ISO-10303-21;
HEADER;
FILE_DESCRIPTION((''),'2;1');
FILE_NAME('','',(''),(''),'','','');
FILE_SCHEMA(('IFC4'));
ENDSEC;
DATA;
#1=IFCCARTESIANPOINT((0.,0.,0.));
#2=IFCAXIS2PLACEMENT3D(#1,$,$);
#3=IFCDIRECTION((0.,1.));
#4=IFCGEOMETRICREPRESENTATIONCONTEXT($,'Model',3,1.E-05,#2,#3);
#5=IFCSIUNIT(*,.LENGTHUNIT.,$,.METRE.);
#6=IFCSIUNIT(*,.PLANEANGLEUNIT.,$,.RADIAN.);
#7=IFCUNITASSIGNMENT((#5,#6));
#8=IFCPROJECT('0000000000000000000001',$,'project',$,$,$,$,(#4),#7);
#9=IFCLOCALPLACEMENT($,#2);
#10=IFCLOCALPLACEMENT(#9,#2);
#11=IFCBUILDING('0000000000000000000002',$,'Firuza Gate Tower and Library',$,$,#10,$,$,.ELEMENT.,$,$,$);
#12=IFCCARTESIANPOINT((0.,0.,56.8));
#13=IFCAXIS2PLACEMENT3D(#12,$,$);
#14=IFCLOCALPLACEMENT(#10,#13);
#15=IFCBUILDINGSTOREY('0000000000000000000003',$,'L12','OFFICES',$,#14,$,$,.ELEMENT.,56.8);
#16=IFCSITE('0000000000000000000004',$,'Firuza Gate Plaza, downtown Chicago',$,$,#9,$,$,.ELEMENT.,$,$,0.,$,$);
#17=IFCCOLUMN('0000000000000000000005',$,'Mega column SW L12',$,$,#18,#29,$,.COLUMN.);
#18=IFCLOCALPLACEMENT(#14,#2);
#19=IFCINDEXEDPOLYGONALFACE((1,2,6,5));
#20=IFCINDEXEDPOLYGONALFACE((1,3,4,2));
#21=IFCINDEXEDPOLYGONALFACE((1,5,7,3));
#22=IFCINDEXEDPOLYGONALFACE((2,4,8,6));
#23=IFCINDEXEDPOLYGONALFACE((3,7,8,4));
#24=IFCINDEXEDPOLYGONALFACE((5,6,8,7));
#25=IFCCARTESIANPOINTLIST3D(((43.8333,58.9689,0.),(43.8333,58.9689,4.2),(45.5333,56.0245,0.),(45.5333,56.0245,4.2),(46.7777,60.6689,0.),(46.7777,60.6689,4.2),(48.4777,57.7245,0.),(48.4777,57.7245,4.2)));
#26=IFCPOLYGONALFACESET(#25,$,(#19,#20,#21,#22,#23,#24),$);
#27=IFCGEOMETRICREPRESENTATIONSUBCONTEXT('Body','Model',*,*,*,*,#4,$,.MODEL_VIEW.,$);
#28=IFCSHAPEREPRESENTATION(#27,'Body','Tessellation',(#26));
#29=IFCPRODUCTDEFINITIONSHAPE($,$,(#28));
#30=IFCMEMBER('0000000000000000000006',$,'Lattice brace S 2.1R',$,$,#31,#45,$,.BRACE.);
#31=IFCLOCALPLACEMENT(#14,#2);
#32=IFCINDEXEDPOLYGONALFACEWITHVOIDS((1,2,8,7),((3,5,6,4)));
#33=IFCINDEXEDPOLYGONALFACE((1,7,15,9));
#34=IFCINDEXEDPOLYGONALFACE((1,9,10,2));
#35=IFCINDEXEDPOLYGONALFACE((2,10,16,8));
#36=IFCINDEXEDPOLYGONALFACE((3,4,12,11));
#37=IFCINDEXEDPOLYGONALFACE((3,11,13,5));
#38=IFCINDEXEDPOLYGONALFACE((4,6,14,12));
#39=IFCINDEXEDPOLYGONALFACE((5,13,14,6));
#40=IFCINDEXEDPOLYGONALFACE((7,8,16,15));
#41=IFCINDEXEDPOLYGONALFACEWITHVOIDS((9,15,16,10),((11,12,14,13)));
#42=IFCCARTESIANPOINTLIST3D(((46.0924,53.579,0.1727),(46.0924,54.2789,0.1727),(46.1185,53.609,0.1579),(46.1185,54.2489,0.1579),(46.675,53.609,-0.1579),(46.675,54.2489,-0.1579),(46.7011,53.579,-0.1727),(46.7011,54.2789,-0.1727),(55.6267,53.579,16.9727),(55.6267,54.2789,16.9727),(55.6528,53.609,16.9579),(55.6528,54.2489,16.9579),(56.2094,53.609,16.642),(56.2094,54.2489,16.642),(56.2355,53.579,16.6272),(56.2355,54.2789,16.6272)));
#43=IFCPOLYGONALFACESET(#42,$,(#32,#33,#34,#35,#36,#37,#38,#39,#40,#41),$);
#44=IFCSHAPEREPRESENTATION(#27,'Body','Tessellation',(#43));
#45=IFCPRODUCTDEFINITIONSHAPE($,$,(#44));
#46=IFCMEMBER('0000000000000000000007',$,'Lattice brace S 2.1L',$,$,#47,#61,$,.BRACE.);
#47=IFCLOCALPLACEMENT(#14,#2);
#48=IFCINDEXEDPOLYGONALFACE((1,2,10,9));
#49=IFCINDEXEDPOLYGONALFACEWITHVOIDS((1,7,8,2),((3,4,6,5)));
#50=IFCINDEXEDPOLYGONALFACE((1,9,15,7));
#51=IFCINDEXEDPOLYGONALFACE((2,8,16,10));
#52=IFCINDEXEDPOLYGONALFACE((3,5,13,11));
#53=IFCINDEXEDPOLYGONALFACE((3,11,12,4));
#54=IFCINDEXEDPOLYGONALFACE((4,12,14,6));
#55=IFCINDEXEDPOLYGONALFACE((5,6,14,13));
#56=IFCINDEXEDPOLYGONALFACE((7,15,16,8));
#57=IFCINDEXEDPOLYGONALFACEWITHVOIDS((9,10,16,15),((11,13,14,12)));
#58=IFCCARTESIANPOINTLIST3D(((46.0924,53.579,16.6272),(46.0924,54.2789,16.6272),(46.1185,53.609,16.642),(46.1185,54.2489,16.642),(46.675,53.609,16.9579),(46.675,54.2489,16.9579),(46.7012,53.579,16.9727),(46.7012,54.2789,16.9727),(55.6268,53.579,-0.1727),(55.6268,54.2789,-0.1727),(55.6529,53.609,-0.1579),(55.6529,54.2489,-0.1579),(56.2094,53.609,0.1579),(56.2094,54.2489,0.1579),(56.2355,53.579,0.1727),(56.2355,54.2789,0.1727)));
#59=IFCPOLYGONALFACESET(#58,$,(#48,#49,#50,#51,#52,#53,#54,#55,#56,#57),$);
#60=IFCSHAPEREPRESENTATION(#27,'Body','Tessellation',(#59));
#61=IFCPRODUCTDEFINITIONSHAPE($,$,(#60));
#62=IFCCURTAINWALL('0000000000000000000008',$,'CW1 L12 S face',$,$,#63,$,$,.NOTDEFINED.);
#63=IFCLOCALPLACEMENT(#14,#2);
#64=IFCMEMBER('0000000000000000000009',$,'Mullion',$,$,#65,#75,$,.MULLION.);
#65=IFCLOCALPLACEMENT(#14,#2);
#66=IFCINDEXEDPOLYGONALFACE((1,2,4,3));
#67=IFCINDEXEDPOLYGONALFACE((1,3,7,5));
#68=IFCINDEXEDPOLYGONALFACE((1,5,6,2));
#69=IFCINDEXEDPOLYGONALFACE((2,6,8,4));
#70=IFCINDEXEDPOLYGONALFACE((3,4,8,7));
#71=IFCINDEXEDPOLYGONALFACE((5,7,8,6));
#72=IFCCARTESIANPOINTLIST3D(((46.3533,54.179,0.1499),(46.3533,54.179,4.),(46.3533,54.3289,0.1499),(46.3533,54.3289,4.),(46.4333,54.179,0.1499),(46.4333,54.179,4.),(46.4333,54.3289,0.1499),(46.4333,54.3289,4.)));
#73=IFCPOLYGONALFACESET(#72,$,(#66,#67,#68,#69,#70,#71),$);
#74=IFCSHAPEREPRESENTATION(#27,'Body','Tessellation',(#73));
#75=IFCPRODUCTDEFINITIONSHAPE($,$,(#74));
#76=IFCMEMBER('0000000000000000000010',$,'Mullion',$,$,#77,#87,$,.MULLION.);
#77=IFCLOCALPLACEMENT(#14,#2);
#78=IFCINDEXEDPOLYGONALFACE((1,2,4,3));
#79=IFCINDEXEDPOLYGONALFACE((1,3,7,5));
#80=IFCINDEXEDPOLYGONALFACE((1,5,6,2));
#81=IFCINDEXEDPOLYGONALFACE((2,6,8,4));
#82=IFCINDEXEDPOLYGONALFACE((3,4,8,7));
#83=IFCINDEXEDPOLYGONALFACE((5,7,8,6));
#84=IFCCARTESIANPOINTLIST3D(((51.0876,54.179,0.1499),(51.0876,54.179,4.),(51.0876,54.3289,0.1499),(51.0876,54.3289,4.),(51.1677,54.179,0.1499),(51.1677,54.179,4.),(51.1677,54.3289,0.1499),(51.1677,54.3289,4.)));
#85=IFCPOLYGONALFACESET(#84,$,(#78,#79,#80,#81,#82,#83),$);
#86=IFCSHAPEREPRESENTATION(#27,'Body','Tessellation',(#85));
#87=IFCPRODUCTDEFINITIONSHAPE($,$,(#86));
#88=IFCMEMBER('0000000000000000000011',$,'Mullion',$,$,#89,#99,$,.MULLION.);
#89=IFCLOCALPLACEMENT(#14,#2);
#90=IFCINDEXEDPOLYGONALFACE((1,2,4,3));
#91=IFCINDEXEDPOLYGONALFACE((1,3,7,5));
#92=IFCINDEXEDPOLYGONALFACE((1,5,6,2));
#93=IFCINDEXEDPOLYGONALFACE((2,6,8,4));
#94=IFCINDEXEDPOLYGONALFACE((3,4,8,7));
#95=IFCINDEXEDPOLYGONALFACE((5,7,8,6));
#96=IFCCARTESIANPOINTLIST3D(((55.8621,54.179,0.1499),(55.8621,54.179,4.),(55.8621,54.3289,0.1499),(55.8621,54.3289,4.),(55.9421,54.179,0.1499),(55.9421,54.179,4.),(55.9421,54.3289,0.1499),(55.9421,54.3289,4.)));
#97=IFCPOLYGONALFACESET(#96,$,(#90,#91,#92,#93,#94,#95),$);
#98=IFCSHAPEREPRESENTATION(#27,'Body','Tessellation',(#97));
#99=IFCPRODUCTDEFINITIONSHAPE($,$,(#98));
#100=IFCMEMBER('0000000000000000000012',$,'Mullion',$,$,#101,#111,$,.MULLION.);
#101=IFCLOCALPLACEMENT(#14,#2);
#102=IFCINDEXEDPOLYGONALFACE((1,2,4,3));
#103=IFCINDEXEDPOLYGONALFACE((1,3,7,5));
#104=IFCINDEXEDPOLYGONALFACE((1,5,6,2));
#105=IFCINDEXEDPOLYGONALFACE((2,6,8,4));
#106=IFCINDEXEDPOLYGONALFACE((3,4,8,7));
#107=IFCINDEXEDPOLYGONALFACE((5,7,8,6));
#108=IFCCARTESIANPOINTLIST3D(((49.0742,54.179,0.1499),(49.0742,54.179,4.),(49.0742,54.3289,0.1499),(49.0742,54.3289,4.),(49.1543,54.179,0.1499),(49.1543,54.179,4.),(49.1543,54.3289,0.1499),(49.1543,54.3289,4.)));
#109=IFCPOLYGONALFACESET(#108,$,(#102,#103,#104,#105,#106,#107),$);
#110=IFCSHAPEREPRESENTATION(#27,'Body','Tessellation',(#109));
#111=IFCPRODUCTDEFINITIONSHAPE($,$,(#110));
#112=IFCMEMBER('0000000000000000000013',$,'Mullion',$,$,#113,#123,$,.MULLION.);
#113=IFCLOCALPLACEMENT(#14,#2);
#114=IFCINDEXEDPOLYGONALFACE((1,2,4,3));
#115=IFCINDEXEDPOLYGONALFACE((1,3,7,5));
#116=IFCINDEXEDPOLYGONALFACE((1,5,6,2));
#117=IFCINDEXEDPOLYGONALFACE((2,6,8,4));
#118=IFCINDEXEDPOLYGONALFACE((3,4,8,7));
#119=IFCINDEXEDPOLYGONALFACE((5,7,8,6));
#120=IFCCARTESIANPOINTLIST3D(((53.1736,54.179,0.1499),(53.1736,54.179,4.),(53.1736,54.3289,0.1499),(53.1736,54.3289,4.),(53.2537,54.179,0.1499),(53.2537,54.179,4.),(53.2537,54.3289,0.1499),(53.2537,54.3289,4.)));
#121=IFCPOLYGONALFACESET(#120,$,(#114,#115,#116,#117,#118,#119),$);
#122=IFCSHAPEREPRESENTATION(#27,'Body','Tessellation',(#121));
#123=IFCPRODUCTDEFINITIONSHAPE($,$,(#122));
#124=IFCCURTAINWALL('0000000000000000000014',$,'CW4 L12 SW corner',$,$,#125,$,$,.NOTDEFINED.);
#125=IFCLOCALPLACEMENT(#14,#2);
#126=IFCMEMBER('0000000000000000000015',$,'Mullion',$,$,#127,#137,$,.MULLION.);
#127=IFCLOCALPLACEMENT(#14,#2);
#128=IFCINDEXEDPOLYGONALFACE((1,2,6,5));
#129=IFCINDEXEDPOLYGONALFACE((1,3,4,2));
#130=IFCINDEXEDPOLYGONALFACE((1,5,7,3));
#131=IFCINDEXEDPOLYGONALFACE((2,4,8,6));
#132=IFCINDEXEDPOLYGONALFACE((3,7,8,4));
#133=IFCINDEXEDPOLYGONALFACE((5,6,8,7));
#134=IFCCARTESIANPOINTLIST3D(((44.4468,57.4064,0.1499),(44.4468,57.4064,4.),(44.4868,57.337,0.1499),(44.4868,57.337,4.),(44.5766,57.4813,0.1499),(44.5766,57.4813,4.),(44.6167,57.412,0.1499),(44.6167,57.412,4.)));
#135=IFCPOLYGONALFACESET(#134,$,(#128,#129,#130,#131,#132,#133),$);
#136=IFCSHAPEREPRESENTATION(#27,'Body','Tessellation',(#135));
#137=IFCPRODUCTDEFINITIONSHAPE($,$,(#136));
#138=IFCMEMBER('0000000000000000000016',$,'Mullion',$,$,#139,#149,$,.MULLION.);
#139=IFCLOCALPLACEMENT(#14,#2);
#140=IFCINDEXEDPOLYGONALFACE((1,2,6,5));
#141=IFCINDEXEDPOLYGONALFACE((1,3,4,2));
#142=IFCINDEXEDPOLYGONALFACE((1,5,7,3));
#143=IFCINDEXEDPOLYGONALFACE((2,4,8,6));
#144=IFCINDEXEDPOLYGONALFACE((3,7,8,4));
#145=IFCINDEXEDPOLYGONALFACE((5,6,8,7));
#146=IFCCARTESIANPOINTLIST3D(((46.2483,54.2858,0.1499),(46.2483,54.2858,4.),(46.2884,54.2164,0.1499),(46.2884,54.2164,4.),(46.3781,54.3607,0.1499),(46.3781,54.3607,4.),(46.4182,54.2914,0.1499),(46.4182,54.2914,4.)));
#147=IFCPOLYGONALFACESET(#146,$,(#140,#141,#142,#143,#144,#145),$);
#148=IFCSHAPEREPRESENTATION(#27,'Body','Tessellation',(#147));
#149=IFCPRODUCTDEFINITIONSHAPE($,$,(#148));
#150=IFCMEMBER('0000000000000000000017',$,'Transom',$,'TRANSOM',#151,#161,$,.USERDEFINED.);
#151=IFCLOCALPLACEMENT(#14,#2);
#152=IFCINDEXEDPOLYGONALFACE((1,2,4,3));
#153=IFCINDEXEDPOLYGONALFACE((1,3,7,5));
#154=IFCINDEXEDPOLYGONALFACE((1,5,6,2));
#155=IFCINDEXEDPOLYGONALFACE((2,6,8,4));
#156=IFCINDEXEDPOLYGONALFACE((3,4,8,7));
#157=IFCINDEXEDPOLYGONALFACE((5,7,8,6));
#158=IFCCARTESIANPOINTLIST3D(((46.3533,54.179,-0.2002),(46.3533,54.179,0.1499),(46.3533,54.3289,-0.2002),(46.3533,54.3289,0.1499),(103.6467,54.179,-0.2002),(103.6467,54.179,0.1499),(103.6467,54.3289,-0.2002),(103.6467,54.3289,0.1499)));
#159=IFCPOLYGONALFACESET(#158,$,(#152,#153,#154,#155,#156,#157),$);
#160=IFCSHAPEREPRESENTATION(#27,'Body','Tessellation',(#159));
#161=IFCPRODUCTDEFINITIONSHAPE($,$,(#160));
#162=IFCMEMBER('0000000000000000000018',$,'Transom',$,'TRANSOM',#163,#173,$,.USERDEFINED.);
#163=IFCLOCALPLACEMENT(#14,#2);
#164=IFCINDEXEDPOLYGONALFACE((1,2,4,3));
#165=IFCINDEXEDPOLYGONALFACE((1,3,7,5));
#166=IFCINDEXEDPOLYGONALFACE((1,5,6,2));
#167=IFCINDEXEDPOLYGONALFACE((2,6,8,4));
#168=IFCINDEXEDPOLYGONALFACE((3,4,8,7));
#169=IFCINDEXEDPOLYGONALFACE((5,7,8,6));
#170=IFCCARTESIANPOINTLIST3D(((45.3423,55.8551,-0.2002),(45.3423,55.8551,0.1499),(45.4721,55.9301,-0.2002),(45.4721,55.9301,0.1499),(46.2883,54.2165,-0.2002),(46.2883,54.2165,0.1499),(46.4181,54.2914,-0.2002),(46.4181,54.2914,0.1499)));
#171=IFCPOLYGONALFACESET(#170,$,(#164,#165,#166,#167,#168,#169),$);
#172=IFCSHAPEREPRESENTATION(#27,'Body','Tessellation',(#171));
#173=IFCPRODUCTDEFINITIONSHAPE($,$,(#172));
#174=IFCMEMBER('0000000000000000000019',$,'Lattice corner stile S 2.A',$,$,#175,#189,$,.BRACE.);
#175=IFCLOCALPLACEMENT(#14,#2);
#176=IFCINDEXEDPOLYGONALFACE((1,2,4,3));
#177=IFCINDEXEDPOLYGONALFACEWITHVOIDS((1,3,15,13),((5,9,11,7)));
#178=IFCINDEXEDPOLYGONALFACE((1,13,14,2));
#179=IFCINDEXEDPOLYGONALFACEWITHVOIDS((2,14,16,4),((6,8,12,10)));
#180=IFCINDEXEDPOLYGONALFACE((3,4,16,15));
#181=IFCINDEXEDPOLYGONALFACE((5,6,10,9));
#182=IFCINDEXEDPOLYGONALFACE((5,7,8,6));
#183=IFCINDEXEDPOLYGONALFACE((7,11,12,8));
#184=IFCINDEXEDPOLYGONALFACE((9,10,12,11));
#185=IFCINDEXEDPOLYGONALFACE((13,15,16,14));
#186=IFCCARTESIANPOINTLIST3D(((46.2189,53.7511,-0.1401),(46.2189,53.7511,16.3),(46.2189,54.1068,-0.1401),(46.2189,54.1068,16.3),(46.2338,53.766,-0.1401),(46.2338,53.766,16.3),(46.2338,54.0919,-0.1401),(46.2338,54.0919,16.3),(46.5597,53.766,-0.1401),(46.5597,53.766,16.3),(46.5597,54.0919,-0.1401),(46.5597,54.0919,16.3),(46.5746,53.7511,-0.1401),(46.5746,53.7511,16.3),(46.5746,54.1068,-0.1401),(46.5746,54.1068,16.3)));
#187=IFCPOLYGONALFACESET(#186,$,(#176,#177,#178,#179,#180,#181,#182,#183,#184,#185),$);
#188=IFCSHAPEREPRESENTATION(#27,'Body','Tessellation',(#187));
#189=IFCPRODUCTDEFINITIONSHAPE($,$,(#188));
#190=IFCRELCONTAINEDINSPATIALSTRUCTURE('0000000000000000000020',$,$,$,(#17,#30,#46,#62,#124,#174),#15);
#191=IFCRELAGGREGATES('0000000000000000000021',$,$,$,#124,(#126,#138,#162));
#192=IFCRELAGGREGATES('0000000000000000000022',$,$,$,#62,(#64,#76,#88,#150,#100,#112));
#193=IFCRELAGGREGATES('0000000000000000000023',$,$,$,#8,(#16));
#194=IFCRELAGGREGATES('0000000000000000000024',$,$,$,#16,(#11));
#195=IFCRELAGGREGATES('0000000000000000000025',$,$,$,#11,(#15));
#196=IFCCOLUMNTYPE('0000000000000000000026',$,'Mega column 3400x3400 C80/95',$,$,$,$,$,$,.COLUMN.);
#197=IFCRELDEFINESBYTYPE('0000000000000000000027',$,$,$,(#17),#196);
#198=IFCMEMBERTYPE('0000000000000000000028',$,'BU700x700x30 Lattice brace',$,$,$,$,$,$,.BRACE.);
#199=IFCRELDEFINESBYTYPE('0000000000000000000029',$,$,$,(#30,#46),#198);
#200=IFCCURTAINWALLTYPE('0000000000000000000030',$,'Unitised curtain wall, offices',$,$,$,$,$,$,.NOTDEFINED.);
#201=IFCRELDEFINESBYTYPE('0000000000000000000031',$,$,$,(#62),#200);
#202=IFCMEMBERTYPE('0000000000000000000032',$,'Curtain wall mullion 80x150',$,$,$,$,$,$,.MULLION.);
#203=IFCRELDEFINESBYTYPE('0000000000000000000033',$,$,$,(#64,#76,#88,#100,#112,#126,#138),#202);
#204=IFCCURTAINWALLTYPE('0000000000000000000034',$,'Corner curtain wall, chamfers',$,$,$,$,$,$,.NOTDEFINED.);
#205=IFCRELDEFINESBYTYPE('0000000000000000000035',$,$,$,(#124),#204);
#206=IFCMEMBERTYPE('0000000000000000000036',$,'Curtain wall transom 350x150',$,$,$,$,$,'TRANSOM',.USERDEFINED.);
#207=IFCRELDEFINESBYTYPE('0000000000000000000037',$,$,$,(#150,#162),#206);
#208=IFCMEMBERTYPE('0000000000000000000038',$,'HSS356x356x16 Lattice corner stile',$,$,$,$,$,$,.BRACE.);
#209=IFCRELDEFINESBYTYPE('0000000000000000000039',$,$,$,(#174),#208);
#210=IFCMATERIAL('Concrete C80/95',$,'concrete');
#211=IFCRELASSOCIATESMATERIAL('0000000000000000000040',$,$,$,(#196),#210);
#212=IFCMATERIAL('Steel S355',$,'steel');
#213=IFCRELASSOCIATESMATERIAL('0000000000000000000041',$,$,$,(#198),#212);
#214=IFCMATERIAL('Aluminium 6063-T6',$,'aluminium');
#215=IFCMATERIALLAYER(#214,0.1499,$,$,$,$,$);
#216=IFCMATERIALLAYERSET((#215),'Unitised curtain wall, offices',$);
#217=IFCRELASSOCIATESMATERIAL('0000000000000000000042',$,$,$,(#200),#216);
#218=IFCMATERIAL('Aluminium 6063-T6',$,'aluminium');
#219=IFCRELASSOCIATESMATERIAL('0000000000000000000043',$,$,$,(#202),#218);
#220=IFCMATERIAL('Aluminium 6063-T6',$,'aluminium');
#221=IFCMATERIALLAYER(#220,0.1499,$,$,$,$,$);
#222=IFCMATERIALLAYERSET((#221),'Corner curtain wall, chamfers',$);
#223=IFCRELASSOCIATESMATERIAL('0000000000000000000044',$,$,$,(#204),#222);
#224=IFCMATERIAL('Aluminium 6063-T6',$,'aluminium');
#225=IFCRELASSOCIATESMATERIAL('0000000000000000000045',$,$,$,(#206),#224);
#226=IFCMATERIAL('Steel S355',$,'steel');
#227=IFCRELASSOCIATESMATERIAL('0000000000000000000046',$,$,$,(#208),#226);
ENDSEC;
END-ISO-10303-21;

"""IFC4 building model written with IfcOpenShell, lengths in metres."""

from ifc_helpers import new_model, si_unit, direction, frame, origin, origin_2d, place, context, subcontext, project, spatial, rectangle, hollow_rectangle, extrude, material, layer, layer_set, material_profile, profile_set, type_object, element, aggregate, save


model = new_model("IFC4")

# Units and contexts
model_context = context("Model", 3, precision=1e-05, world=origin(), true_north=direction((0.0, 1.0)))
body_context = subcontext(model_context, "Body", "Model", "MODEL_VIEW")
ifc_project = project(units=[si_unit("LENGTHUNIT", "METRE"), si_unit("PLANEANGLEUNIT", "RADIAN")], contexts=[model_context])

# Site, building, storey
site_placement = place(None, origin())
site = spatial("IfcSite", under=ifc_project, at=site_placement, Name="Firuza Gate Plaza, downtown Chicago", CompositionType="ELEMENT", RefElevation=0.0)
building_placement = place(site_placement, origin())
building = spatial("IfcBuilding", under=site, at=building_placement, Name="Firuza Gate Tower and Library", CompositionType="ELEMENT")
storey_placement = place(building_placement, frame((0.0, 0.0, 56.8)))
storey = spatial("IfcBuildingStorey", under=building, at=storey_placement, Name="L12", Description="OFFICES", CompositionType="ELEMENT", Elevation=56.8)

# Column
ifc_material_1 = material(Name="Concrete C80/95", Category="concrete")
ifc_material_profile_1 = material_profile(ifc_material_1, rectangle(XDim=3.3999, YDim=3.3999, at=origin_2d()))
ifc_profile_set_1 = profile_set([ifc_material_profile_1], Name="Concrete C80/95")
column_type = type_object("IfcColumnType", Name="Mega column 3400x3400 C80/95", PredefinedType="COLUMN", material=ifc_profile_set_1)
column_placement = place(storey_placement, frame((46.1555, 58.3467, 0.0), z_axis=(0.0, 0.0, 1.0), x_axis=(0.5, -0.866025, 0.0)))
element("IfcColumn", 1, at=column_placement, inside=storey, type_object=column_type, Name="Mega column SW L12", PredefinedType="COLUMN", context=body_context, shape_type="SweptSolid", body=[
    extrude(rectangle(XDim=3.3999, YDim=3.3999, at=origin_2d()), origin(), (0.0, 0.0, 1.0), 4.2),
])

# Members
ifc_material_2 = material(Name="Steel S355", Category="steel")
ifc_material_profile_2 = material_profile(ifc_material_2, hollow_rectangle(XDim=0.7, YDim=0.7, WallThickness=0.03, at=origin_2d()))
ifc_profile_set_2 = profile_set([ifc_material_profile_2], Name="Steel S355")
member_type_1 = type_object("IfcMemberType", Name="BU700x700x30 Lattice brace", PredefinedType="BRACE", material=ifc_profile_set_2)
for number, where, z_axis, x_axis, name in (
    (2, (46.3967, 53.929, 0.0), (0.493577, 0.0, 0.869702), (0.0, 1.0, 0.0), "Lattice brace S 2.1R"),
    (3, (55.9312, 53.929, 0.0), (-0.493577, 0.0, 0.869702), (0.0, -1.0, 0.0), "Lattice brace S 2.1L"),
):
    element("IfcMember", number, at=place(storey_placement, frame(where, z_axis=z_axis, x_axis=x_axis)), inside=storey, type_object=member_type_1, Name=name, PredefinedType="BRACE", context=body_context, shape_type="SweptSolid", body=[
        extrude(hollow_rectangle(XDim=0.7, YDim=0.7, WallThickness=0.03, at=origin_2d()), origin(), (0.0, 0.0, 1.0), 19.3169),
    ])

# Curtain walls, members
ifc_material_3 = material(Name="Aluminium 6063-T6", Category="aluminium")
ifc_layer_1 = layer(ifc_material_3, 0.1499)
ifc_layer_set_1 = layer_set([ifc_layer_1], Name="Unitised curtain wall, offices")
curtain_wall_type_1 = type_object("IfcCurtainWallType", Name="Unitised curtain wall, offices", PredefinedType="NOTDEFINED", material=ifc_layer_set_1)
placement_1 = place(storey_placement, origin())
curtain_wall_1 = element("IfcCurtainWall", 4, at=placement_1, inside=storey, type_object=curtain_wall_type_1, Name="CW1 L12 S face", PredefinedType="NOTDEFINED")
ifc_material_4 = material(Name="Aluminium 6063-T6", Category="aluminium")
ifc_material_profile_3 = material_profile(ifc_material_4, rectangle(XDim=0.1499, YDim=0.0801, at=origin_2d()))
ifc_profile_set_3 = profile_set([ifc_material_profile_3], Name="Aluminium 6063-T6")
member_type_2 = type_object("IfcMemberType", Name="Curtain wall mullion 80x150", PredefinedType="MULLION", material=ifc_profile_set_3)
member_1_placement = place(storey_placement, frame((46.3933, 54.2539, 0.1499), z_axis=(0.0, 0.0, 1.0), x_axis=(0.0, 1.0, 0.0)))
member_1 = element("IfcMember", 5, at=member_1_placement, type_object=member_type_2, Name="Mullion", PredefinedType="MULLION", context=body_context, shape_type="SweptSolid", body=[
    extrude(rectangle(XDim=0.1499, YDim=0.0801, at=origin_2d()), origin(), (0.0, 0.0, 1.0), 3.8501),
])
member_2_placement = place(storey_placement, frame((51.1277, 54.2539, 0.1499), z_axis=(0.0, 0.0, 1.0), x_axis=(0.0, 1.0, 0.0)))
member_2 = element("IfcMember", 6, at=member_2_placement, type_object=member_type_2, Name="Mullion", PredefinedType="MULLION", context=body_context, shape_type="SweptSolid", body=[
    extrude(rectangle(XDim=0.1499, YDim=0.0801, at=origin_2d()), origin(), (0.0, 0.0, 1.0), 3.8501),
])
member_3_placement = place(storey_placement, frame((55.9021, 54.2539, 0.1499), z_axis=(0.0, 0.0, 1.0), x_axis=(0.0, 1.0, 0.0)))
member_3 = element("IfcMember", 7, at=member_3_placement, type_object=member_type_2, Name="Mullion", PredefinedType="MULLION", context=body_context, shape_type="SweptSolid", body=[
    extrude(rectangle(XDim=0.1499, YDim=0.0801, at=origin_2d()), origin(), (0.0, 0.0, 1.0), 3.8501),
])
member_4_placement = place(storey_placement, frame((49.1143, 54.2539, 0.1499), z_axis=(0.0, 0.0, 1.0), x_axis=(0.0, 1.0, 0.0)))
member_4 = element("IfcMember", 8, at=member_4_placement, type_object=member_type_2, Name="Mullion", PredefinedType="MULLION", context=body_context, shape_type="SweptSolid", body=[
    extrude(rectangle(XDim=0.1499, YDim=0.0801, at=origin_2d()), origin(), (0.0, 0.0, 1.0), 3.8501),
])
member_5_placement = place(storey_placement, frame((53.2136, 54.2539, 0.1499), z_axis=(0.0, 0.0, 1.0), x_axis=(0.0, 1.0, 0.0)))
member_5 = element("IfcMember", 9, at=member_5_placement, type_object=member_type_2, Name="Mullion", PredefinedType="MULLION", context=body_context, shape_type="SweptSolid", body=[
    extrude(rectangle(XDim=0.1499, YDim=0.0801, at=origin_2d()), origin(), (0.0, 0.0, 1.0), 3.8501),
])
ifc_material_5 = material(Name="Aluminium 6063-T6", Category="aluminium")
ifc_layer_2 = layer(ifc_material_5, 0.1499)
ifc_layer_set_2 = layer_set([ifc_layer_2], Name="Corner curtain wall, chamfers")
curtain_wall_type_2 = type_object("IfcCurtainWallType", Name="Corner curtain wall, chamfers", PredefinedType="NOTDEFINED", material=ifc_layer_set_2)
curtain_wall_2 = element("IfcCurtainWall", 10, at=placement_1, inside=storey, type_object=curtain_wall_type_2, Name="CW4 L12 SW corner", PredefinedType="NOTDEFINED")
member_6_placement = place(storey_placement, frame((44.5317, 57.4092, 0.1499), z_axis=(0.0, 0.0, 1.0), x_axis=(0.866025, 0.5, 0.0)))
member_6 = element("IfcMember", 11, at=member_6_placement, type_object=member_type_2, Name="Mullion", PredefinedType="MULLION", context=body_context, shape_type="SweptSolid", body=[
    extrude(rectangle(XDim=0.1499, YDim=0.0801, at=origin_2d()), origin(), (0.0, 0.0, 1.0), 3.8501),
])
member_7_placement = place(storey_placement, frame((46.3333, 54.2886, 0.1499), z_axis=(0.0, 0.0, 1.0), x_axis=(0.866025, 0.5, 0.0)))
member_7 = element("IfcMember", 12, at=member_7_placement, type_object=member_type_2, Name="Mullion", PredefinedType="MULLION", context=body_context, shape_type="SweptSolid", body=[
    extrude(rectangle(XDim=0.1499, YDim=0.0801, at=origin_2d()), origin(), (0.0, 0.0, 1.0), 3.8501),
])

# Members
ifc_material_6 = material(Name="Aluminium 6063-T6", Category="aluminium")
ifc_material_profile_4 = material_profile(ifc_material_6, rectangle(XDim=0.1499, YDim=0.3501, at=origin_2d()))
ifc_profile_set_4 = profile_set([ifc_material_profile_4], Name="Aluminium 6063-T6")
member_type_3 = type_object("IfcMemberType", Name="Curtain wall transom 350x150", ElementType="TRANSOM", PredefinedType="USERDEFINED", material=ifc_profile_set_4)
member_8_placement = place(storey_placement, frame((46.3533, 54.2539, -0.0251), z_axis=(1.0, 0.0, 0.0), x_axis=(0.0, 1.0, 0.0)))
member_8 = element("IfcMember", 13, at=member_8_placement, type_object=member_type_3, Name="Transom", ObjectType="TRANSOM", PredefinedType="USERDEFINED", context=body_context, shape_type="SweptSolid", body=[
    extrude(rectangle(XDim=0.1499, YDim=0.3501, at=origin_2d()), origin(), (0.0, 0.0, 1.0), 57.2935),
])
member_9_placement = place(storey_placement, frame((45.4072, 55.8926, -0.0251), z_axis=(0.499983, -0.866035, 0.0), x_axis=(0.866035, 0.499983, 0.0)))
member_9 = element("IfcMember", 14, at=member_9_placement, type_object=member_type_3, Name="Transom", ObjectType="TRANSOM", PredefinedType="USERDEFINED", context=body_context, shape_type="SweptSolid", body=[
    extrude(rectangle(XDim=0.1499, YDim=0.3501, at=origin_2d()), origin(), (0.0, 0.0, 1.0), 1.8921),
])
ifc_material_7 = material(Name="Steel S355", Category="steel")
ifc_material_profile_5 = material_profile(ifc_material_7, hollow_rectangle(XDim=0.3557, YDim=0.3557, WallThickness=0.0149, at=origin_2d()))
ifc_profile_set_5 = profile_set([ifc_material_profile_5], Name="Steel S355")
member_type_4 = type_object("IfcMemberType", Name="HSS356x356x16 Lattice corner stile", PredefinedType="BRACE", material=ifc_profile_set_5)
member_10_placement = place(storey_placement, frame((46.3967, 53.929, -0.1401), z_axis=(0.0, 0.0, 1.0), x_axis=(1.0, 0.0, 0.0)))
element("IfcMember", 15, at=member_10_placement, inside=storey, type_object=member_type_4, Name="Lattice corner stile S 2.A", PredefinedType="BRACE", context=body_context, shape_type="SweptSolid", body=[
    extrude(hollow_rectangle(XDim=0.3557, YDim=0.3557, WallThickness=0.0149, at=origin_2d()), origin(), (0.0, 0.0, 1.0), 16.4402),
])

aggregate(curtain_wall_2, [member_6, member_7, member_9])
aggregate(curtain_wall_1, [member_1, member_2, member_3, member_8, member_4, member_5])

save(model, "model.ifc")
